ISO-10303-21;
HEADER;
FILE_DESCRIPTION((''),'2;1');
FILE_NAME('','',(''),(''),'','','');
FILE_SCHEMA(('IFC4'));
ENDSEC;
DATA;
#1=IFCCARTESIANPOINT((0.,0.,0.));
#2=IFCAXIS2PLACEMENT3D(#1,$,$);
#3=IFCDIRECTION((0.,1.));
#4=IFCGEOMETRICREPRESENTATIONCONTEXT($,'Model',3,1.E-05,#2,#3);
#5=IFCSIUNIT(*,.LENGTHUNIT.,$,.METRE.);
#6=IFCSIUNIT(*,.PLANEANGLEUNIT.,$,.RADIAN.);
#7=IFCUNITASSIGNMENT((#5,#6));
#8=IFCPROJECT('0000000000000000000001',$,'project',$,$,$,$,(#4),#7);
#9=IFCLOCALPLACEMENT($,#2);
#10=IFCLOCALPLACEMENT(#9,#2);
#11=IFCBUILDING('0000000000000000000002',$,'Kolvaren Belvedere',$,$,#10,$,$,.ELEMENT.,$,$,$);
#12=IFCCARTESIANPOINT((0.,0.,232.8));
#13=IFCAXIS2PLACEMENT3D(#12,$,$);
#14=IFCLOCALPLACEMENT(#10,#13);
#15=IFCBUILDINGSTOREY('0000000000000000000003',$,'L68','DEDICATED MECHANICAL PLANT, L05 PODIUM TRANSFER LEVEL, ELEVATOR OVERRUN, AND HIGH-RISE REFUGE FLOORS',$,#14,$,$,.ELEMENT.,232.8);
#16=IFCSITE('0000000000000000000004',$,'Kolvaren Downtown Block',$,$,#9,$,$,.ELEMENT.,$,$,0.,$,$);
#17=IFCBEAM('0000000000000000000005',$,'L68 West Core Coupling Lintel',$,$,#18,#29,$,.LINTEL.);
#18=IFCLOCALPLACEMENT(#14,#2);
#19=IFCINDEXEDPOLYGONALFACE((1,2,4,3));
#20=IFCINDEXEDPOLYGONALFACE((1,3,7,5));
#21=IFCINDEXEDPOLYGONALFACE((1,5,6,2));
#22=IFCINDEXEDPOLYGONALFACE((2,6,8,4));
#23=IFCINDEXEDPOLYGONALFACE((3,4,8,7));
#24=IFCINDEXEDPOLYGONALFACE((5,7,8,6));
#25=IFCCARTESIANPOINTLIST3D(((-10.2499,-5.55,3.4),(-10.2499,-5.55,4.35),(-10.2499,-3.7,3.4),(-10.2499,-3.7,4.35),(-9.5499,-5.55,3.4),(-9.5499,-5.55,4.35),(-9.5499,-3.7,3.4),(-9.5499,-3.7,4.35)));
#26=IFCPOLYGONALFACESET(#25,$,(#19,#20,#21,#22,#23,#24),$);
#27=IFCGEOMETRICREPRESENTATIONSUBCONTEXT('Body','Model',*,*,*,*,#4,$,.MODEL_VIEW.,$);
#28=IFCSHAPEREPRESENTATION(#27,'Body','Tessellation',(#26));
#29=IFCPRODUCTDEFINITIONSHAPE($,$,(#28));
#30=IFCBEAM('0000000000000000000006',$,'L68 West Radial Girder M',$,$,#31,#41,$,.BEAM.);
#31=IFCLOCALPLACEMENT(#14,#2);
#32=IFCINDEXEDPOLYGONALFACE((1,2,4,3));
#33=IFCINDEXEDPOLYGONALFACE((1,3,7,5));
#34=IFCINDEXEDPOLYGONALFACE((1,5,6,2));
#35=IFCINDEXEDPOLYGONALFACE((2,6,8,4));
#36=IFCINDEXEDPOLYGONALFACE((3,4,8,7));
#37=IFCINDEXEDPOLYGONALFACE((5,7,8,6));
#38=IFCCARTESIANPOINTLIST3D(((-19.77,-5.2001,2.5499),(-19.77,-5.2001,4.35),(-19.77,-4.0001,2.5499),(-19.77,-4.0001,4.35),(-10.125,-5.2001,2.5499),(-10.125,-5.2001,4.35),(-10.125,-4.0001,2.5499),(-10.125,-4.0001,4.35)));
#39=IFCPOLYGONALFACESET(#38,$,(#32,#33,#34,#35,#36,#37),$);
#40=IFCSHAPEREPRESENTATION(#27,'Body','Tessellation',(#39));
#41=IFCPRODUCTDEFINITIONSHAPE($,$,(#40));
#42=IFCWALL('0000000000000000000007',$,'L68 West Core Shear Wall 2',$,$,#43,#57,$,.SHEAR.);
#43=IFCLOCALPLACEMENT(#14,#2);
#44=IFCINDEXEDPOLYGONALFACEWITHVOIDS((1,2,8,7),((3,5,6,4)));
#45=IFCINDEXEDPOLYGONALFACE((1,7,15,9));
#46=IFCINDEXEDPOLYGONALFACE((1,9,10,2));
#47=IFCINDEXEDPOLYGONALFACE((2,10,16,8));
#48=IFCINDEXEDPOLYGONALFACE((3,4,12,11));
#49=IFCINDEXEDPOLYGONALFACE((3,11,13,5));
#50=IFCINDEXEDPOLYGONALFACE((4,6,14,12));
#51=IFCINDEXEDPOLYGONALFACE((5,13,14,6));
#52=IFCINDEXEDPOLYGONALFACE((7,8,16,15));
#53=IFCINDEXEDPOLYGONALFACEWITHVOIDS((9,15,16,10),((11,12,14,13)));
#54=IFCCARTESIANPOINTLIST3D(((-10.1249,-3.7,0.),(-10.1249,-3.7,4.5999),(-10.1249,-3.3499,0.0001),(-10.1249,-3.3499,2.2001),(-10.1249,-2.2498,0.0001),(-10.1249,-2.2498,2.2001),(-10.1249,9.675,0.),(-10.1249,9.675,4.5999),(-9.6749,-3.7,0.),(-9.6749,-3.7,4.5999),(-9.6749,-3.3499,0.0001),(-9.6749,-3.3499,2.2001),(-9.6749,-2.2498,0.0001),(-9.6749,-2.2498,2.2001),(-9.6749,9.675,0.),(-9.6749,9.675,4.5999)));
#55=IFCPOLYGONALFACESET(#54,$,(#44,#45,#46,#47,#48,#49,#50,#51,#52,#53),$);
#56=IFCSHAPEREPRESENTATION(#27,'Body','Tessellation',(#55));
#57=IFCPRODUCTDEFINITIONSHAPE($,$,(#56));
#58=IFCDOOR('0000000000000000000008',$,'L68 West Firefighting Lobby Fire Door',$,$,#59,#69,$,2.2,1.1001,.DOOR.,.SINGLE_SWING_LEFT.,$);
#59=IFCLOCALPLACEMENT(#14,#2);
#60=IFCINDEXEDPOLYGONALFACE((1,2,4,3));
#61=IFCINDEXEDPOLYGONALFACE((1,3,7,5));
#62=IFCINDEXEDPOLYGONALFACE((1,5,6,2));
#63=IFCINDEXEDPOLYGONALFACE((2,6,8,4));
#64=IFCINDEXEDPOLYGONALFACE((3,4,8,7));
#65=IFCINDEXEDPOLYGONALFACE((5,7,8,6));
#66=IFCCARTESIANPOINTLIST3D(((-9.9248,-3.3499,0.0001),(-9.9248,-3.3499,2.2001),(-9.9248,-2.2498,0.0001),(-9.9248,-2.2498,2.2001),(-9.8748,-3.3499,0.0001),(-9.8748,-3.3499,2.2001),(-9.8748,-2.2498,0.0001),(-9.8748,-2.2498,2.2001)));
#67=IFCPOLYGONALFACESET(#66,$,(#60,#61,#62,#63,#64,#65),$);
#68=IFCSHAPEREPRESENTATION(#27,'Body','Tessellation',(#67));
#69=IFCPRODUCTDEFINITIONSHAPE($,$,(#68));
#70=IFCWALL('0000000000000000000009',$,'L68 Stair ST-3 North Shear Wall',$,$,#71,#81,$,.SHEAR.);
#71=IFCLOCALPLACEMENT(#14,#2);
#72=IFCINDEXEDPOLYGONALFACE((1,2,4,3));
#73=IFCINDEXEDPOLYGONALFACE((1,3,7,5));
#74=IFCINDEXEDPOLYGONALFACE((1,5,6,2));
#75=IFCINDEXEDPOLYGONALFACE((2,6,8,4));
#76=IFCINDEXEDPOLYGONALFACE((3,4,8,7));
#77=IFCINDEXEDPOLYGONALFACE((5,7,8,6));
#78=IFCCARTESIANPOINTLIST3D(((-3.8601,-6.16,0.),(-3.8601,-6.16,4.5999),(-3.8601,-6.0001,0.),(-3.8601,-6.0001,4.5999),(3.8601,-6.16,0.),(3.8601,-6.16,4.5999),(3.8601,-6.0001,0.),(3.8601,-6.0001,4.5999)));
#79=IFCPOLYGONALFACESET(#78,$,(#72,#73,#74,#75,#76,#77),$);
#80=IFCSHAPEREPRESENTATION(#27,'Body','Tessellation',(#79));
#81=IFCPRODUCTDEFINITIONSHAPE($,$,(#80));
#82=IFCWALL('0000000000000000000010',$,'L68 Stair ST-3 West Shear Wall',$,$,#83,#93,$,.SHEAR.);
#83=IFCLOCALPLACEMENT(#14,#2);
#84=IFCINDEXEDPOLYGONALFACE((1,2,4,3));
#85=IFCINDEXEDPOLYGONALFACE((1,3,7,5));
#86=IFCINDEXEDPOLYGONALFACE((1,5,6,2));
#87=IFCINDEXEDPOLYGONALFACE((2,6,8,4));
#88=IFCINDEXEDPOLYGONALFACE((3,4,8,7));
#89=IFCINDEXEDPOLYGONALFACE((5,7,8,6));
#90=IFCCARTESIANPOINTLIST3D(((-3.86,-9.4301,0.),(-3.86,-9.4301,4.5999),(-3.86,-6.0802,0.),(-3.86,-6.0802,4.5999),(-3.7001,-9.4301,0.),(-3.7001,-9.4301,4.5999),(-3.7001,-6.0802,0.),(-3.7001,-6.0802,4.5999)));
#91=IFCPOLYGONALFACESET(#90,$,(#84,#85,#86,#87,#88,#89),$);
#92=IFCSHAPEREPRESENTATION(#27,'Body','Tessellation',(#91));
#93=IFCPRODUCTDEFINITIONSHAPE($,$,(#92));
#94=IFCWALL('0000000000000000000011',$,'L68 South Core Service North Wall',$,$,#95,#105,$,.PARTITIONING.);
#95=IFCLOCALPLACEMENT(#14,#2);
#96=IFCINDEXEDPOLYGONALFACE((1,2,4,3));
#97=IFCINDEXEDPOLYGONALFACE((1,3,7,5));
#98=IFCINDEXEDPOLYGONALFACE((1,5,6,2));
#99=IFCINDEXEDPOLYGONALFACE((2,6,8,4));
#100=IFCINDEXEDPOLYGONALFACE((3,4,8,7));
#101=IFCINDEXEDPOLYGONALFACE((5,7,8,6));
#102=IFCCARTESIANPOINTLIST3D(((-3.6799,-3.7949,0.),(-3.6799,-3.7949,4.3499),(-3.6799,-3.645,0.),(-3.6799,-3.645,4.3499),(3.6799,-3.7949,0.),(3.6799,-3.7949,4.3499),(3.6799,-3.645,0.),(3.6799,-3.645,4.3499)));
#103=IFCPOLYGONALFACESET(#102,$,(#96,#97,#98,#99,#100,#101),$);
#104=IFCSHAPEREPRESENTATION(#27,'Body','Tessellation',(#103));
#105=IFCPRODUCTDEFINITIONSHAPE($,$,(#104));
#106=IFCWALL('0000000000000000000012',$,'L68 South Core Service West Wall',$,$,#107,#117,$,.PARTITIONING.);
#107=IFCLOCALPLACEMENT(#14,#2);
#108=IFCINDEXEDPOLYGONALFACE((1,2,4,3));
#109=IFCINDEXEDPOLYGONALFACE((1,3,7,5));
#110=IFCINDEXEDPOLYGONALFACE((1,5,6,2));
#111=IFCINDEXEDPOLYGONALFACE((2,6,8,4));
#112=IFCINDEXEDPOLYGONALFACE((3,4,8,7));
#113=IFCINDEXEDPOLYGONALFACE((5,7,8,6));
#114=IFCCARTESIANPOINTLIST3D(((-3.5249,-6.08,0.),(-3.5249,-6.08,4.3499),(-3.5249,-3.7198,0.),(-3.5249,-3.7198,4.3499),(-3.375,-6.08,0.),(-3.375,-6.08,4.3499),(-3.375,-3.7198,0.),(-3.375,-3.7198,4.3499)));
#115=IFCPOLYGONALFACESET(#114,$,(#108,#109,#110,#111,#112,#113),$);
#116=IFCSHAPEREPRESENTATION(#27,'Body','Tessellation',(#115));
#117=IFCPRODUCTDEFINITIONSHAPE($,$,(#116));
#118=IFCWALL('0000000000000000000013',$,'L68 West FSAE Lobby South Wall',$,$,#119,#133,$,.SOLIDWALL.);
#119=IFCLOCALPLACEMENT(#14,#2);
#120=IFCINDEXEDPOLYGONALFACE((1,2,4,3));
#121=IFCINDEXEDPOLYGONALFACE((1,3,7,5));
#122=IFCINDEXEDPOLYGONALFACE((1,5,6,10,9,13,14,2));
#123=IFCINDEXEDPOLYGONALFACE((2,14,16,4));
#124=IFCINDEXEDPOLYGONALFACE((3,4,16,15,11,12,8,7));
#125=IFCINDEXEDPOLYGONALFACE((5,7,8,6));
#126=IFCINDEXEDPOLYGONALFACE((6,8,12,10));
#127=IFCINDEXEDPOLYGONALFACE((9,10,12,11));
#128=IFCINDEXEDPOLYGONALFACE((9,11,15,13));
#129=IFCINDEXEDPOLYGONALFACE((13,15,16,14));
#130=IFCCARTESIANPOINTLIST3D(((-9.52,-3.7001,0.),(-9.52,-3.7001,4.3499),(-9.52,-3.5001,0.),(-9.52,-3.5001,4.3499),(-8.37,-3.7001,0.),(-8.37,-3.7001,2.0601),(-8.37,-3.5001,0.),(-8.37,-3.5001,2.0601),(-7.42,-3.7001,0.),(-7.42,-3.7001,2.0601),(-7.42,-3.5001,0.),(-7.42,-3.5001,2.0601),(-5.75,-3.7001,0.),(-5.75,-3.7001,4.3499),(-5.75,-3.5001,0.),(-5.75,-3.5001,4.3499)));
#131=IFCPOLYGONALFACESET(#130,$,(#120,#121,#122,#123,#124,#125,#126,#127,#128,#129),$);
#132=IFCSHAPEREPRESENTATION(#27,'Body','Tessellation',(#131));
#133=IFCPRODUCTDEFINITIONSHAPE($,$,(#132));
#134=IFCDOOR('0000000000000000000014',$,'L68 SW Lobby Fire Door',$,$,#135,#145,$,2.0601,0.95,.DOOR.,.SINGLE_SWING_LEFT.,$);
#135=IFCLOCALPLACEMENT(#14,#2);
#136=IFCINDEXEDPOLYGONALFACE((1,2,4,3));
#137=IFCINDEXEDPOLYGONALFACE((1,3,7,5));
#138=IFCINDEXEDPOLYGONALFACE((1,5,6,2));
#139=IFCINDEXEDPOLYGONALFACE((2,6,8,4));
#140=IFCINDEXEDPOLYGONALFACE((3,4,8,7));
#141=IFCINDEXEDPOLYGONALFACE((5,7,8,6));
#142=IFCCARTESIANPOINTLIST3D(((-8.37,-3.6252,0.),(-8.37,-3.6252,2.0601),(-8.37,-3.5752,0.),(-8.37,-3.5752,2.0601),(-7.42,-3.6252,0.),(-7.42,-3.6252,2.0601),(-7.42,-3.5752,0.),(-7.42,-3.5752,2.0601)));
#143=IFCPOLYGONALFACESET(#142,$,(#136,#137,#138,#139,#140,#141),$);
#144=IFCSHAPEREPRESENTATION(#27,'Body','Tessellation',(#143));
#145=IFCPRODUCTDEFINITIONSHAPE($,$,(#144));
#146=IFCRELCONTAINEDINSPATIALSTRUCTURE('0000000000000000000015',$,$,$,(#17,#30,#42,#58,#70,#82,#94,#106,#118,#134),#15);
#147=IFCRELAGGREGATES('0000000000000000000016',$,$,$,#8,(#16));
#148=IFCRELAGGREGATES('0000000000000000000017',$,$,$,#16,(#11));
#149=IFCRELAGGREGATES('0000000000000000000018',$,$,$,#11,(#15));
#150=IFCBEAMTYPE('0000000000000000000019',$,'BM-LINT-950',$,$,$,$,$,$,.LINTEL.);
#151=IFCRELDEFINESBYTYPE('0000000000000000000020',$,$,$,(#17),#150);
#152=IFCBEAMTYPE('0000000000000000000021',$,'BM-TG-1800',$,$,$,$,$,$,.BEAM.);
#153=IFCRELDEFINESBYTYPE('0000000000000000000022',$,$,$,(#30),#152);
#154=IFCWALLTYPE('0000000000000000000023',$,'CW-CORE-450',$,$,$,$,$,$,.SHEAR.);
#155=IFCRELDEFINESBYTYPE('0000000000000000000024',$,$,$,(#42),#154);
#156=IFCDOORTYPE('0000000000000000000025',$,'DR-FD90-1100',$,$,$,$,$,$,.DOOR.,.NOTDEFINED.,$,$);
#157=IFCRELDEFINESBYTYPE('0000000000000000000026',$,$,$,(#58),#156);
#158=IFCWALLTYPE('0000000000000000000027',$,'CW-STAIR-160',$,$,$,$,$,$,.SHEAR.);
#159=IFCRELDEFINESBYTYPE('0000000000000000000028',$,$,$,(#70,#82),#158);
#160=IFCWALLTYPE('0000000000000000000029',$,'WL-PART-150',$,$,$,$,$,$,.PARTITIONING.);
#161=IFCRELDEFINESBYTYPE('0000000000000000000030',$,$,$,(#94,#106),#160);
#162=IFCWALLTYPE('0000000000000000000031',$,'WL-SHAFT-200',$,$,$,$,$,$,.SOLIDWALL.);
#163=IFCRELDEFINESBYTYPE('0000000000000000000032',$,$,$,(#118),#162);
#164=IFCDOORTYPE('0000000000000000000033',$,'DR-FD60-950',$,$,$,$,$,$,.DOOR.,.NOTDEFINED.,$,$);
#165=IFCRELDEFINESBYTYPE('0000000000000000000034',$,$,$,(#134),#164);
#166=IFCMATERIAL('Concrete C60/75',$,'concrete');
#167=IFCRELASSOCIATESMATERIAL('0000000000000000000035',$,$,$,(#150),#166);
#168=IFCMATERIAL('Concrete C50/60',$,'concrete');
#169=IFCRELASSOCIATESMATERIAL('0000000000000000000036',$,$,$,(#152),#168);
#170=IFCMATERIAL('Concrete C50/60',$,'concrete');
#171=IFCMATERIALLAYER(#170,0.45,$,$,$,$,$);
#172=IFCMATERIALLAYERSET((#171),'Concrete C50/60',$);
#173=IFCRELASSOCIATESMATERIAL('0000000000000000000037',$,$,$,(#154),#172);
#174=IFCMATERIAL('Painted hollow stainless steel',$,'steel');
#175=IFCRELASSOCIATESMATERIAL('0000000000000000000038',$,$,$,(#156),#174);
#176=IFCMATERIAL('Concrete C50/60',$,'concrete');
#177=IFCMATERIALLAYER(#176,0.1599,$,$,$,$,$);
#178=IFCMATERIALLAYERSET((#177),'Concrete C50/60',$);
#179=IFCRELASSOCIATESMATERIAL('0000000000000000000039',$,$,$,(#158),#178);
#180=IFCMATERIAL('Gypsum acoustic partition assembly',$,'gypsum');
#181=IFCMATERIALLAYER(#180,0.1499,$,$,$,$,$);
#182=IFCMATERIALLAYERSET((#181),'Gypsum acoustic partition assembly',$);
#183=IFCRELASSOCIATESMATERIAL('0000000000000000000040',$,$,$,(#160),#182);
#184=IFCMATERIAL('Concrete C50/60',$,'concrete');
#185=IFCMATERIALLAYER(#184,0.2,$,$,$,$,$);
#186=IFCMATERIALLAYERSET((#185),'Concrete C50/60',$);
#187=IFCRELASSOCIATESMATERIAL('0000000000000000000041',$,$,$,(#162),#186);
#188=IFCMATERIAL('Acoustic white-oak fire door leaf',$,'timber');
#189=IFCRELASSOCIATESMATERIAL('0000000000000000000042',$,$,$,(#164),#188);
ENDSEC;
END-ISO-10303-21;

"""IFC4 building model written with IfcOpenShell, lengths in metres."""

from ifc_helpers import new_model, si_unit, direction, frame, frame_2d, origin, origin_2d, place, context, subcontext, project, spatial, rectangle, extrude, material, layer, layer_set, material_profile, profile_set, type_object, element, fill, save


model = new_model("IFC4")

# Units and contexts
model_context = context("Model", 3, precision=1e-05, world=origin(), true_north=direction((0.0, 1.0)))
body_context = subcontext(model_context, "Body", "Model", "MODEL_VIEW")
ifc_project = project(units=[si_unit("LENGTHUNIT", "METRE"), si_unit("PLANEANGLEUNIT", "RADIAN")], contexts=[model_context])

# Site, building, storey
site_placement = place(None, origin())
site = spatial("IfcSite", under=ifc_project, at=site_placement, Name="Kolvaren Downtown Block", CompositionType="ELEMENT", RefElevation=0.0)
building_placement = place(site_placement, origin())
building = spatial("IfcBuilding", under=site, at=building_placement, Name="Kolvaren Belvedere", CompositionType="ELEMENT")
storey_placement = place(building_placement, frame((0.0, 0.0, 232.8)))
storey = spatial("IfcBuildingStorey", under=building, at=storey_placement, Name="L68", Description="DEDICATED MECHANICAL PLANT, L05 PODIUM TRANSFER LEVEL, ELEVATOR OVERRUN, AND HIGH-RISE REFUGE FLOORS", CompositionType="ELEMENT", Elevation=232.8)

# Beams
ifc_material_1 = material(Name="Concrete C60/75", Category="concrete")
ifc_material_profile_1 = material_profile(ifc_material_1, rectangle(XDim=0.7, YDim=0.95, at=origin_2d()), Name="RC 700X950")
ifc_profile_set_1 = profile_set([ifc_material_profile_1], Name="Concrete C60/75")
beam_type_1 = type_object("IfcBeamType", Name="BM-LINT-950", PredefinedType="LINTEL", material=ifc_profile_set_1)
beam_1_placement = place(storey_placement, frame((-9.8999, -5.55, 3.875), z_axis=(0.0, 1.0, 0.0), x_axis=(-1.0, 0.0, 0.0)))
element("IfcBeam", 1, at=beam_1_placement, inside=storey, type_object=beam_type_1, Name="L68 West Core Coupling Lintel", PredefinedType="LINTEL", context=body_context, shape_type="SweptSolid", body=[
    extrude(rectangle(XDim=0.7, YDim=0.95, at=origin_2d()), origin(), (0.0, 0.0, 1.0), 1.8501),
])
ifc_material_2 = material(Name="Concrete C50/60", Category="concrete")
ifc_material_profile_2 = material_profile(ifc_material_2, rectangle(XDim=1.2, YDim=1.8, at=origin_2d()), Name="RC 1200X1800")
ifc_profile_set_2 = profile_set([ifc_material_profile_2], Name="Concrete C50/60")
beam_type_2 = type_object("IfcBeamType", Name="BM-TG-1800", PredefinedType="BEAM", material=ifc_profile_set_2)
beam_2_placement = place(storey_placement, frame((-10.125, -4.6001, 3.45), z_axis=(-1.0, 0.0, 0.0), x_axis=(0.0, -1.0, 0.0)))
element("IfcBeam", 2, at=beam_2_placement, inside=storey, type_object=beam_type_2, Name="L68 West Radial Girder M", PredefinedType="BEAM", context=body_context, shape_type="SweptSolid", body=[
    extrude(rectangle(XDim=1.2, YDim=1.8, at=origin_2d()), origin(), (0.0, 0.0, 1.0), 9.645),
])

# Wall, opening, door
ifc_material_3 = material(Name="Concrete C50/60", Category="concrete")
ifc_layer_1 = layer(ifc_material_3, 0.45)
ifc_layer_set_1 = layer_set([ifc_layer_1], Name="Concrete C50/60")
wall_type_1 = type_object("IfcWallType", Name="CW-CORE-450", PredefinedType="SHEAR", material=ifc_layer_set_1)
wall_1_placement = place(storey_placement, frame((-9.8999, -3.7, 0.0), z_axis=(0.0, 0.0, 1.0), x_axis=(0.0, 1.0, 0.0)))
wall_1 = element("IfcWall", 3, at=wall_1_placement, inside=storey, type_object=wall_type_1, Name="L68 West Core Shear Wall 2", PredefinedType="SHEAR", context=body_context, shape_type="SweptSolid", body=[
    extrude(rectangle(XDim=13.375, YDim=0.45, at=frame_2d((6.6875, 0.0))), origin(), (0.0, 0.0, 1.0), 4.5999),
])
opening_1_placement = place(wall_1_placement, frame((0.3501, 0.0, 0.0)))
opening_1 = element("IfcOpeningElement", 4, at=opening_1_placement, cuts=wall_1, PredefinedType="OPENING", context=body_context, shape_type="SweptSolid", body=[
    extrude(rectangle(XDim=1.1001, YDim=2.2, at=frame_2d((0.55, 1.1001))), frame((0.0, 0.2349, 0.0), z_axis=(0.0, -1.0, 0.0), x_axis=(1.0, 0.0, 0.0)), (0.0, 0.0, 1.0), 0.47),
])
ifc_material_4 = material(Name="Painted hollow stainless steel", Category="steel")
door_type_1 = type_object("IfcDoorType", Name="DR-FD90-1100", OperationType="NOTDEFINED", PredefinedType="DOOR", material=ifc_material_4)
door_1_placement = place(opening_1_placement, origin())
door_1 = element("IfcDoor", 5, at=door_1_placement, inside=storey, type_object=door_type_1, Name="L68 West Firefighting Lobby Fire Door", OperationType="SINGLE_SWING_LEFT", OverallHeight=2.2, OverallWidth=1.1001, PredefinedType="DOOR", context=body_context, shape_type="SweptSolid", body=[
    extrude(rectangle(XDim=1.1001, YDim=2.2, at=frame_2d((0.55, 1.1001))), frame((0.0, 0.0249, 0.0), z_axis=(0.0, -1.0, 0.0), x_axis=(1.0, 0.0, 0.0)), (0.0, 0.0, 1.0), 0.05),
])
fill(opening_1, door_1)

# Walls
ifc_material_5 = material(Name="Concrete C50/60", Category="concrete")
ifc_layer_2 = layer(ifc_material_5, 0.1599)
ifc_layer_set_2 = layer_set([ifc_layer_2], Name="Concrete C50/60")
wall_type_2 = type_object("IfcWallType", Name="CW-STAIR-160", PredefinedType="SHEAR", material=ifc_layer_set_2)
wall_2_placement = place(storey_placement, frame((-3.8601, -6.0801, 0.0), z_axis=(0.0, 0.0, 1.0), x_axis=(1.0, 0.0, 0.0)))
element("IfcWall", 6, at=wall_2_placement, inside=storey, type_object=wall_type_2, Name="L68 Stair ST-3 North Shear Wall", PredefinedType="SHEAR", context=body_context, shape_type="SweptSolid", body=[
    extrude(rectangle(XDim=7.7202, YDim=0.1599, at=frame_2d((3.8601, 0.0))), origin(), (0.0, 0.0, 1.0), 4.5999),
])
wall_3_placement = place(storey_placement, frame((-3.78, -9.4299, 0.0), z_axis=(0.0, 0.0, 1.0), x_axis=(0.0, 1.0, 0.0)))
element("IfcWall", 7, at=wall_3_placement, inside=storey, type_object=wall_type_2, Name="L68 Stair ST-3 West Shear Wall", PredefinedType="SHEAR", context=body_context, shape_type="SweptSolid", body=[
    extrude(rectangle(XDim=3.3499, YDim=0.1599, at=frame_2d((1.6748, 0.0))), origin(), (0.0, 0.0, 1.0), 4.5999),
])
ifc_material_6 = material(Name="Gypsum acoustic partition assembly", Category="gypsum")
ifc_layer_3 = layer(ifc_material_6, 0.1499)
ifc_layer_set_3 = layer_set([ifc_layer_3], Name="Gypsum acoustic partition assembly")
wall_type_3 = type_object("IfcWallType", Name="WL-PART-150", PredefinedType="PARTITIONING", material=ifc_layer_set_3)
wall_4_placement = place(storey_placement, frame((-3.6799, -3.72, 0.0), z_axis=(0.0, 0.0, 1.0), x_axis=(1.0, 0.0, 0.0)))
element("IfcWall", 8, at=wall_4_placement, inside=storey, type_object=wall_type_3, Name="L68 South Core Service North Wall", PredefinedType="PARTITIONING", context=body_context, shape_type="SweptSolid", body=[
    extrude(rectangle(XDim=7.3599, YDim=0.1499, at=frame_2d((3.6799, 0.0))), origin(), (0.0, 0.0, 1.0), 4.3499),
])
wall_5_placement = place(storey_placement, frame((-3.45, -6.0801, 0.0), z_axis=(0.0, 0.0, 1.0), x_axis=(0.0, 1.0, 0.0)))
element("IfcWall", 9, at=wall_5_placement, inside=storey, type_object=wall_type_3, Name="L68 South Core Service West Wall", PredefinedType="PARTITIONING", context=body_context, shape_type="SweptSolid", body=[
    extrude(rectangle(XDim=2.3601, YDim=0.1499, at=frame_2d((1.1802, 0.0))), origin(), (0.0, 0.0, 1.0), 4.3499),
])

# Wall, opening, door
ifc_material_7 = material(Name="Concrete C50/60", Category="concrete")
ifc_layer_4 = layer(ifc_material_7, 0.2)
ifc_layer_set_4 = layer_set([ifc_layer_4], Name="Concrete C50/60")
wall_type_4 = type_object("IfcWallType", Name="WL-SHAFT-200", PredefinedType="SOLIDWALL", material=ifc_layer_set_4)
wall_6_placement = place(storey_placement, frame((-9.52, -3.6001, 0.0), z_axis=(0.0, 0.0, 1.0), x_axis=(1.0, 0.0, 0.0)))
wall_6 = element("IfcWall", 10, at=wall_6_placement, inside=storey, type_object=wall_type_4, Name="L68 West FSAE Lobby South Wall", PredefinedType="SOLIDWALL", context=body_context, shape_type="SweptSolid", body=[
    extrude(rectangle(XDim=3.77, YDim=0.2, at=frame_2d((1.885, 0.0))), origin(), (0.0, 0.0, 1.0), 4.3499),
])
opening_2_placement = place(wall_6_placement, frame((1.1499, 0.0, 0.0)))
opening_2 = element("IfcOpeningElement", 11, at=opening_2_placement, cuts=wall_6, PredefinedType="OPENING", context=body_context, shape_type="SweptSolid", body=[
    extrude(rectangle(XDim=0.95, YDim=2.0601, at=frame_2d((0.4751, 1.03))), frame((0.0, 0.1099, 0.0), z_axis=(0.0, -1.0, 0.0), x_axis=(1.0, 0.0, 0.0)), (0.0, 0.0, 1.0), 0.22),
])
ifc_material_8 = material(Name="Acoustic white-oak fire door leaf", Category="timber")
door_type_2 = type_object("IfcDoorType", Name="DR-FD60-950", OperationType="NOTDEFINED", PredefinedType="DOOR", material=ifc_material_8)
door_2_placement = place(opening_2_placement, origin())
door_2 = element("IfcDoor", 12, at=door_2_placement, inside=storey, type_object=door_type_2, Name="L68 SW Lobby Fire Door", OperationType="SINGLE_SWING_LEFT", OverallHeight=2.0601, OverallWidth=0.95, PredefinedType="DOOR", context=body_context, shape_type="SweptSolid", body=[
    extrude(rectangle(XDim=0.95, YDim=2.0601, at=frame_2d((0.4751, 1.03))), frame((0.0, 0.0249, 0.0), z_axis=(0.0, -1.0, 0.0), x_axis=(1.0, 0.0, 0.0)), (0.0, 0.0, 1.0), 0.05),
])
fill(opening_2, door_2)

save(model, "model.ifc")
